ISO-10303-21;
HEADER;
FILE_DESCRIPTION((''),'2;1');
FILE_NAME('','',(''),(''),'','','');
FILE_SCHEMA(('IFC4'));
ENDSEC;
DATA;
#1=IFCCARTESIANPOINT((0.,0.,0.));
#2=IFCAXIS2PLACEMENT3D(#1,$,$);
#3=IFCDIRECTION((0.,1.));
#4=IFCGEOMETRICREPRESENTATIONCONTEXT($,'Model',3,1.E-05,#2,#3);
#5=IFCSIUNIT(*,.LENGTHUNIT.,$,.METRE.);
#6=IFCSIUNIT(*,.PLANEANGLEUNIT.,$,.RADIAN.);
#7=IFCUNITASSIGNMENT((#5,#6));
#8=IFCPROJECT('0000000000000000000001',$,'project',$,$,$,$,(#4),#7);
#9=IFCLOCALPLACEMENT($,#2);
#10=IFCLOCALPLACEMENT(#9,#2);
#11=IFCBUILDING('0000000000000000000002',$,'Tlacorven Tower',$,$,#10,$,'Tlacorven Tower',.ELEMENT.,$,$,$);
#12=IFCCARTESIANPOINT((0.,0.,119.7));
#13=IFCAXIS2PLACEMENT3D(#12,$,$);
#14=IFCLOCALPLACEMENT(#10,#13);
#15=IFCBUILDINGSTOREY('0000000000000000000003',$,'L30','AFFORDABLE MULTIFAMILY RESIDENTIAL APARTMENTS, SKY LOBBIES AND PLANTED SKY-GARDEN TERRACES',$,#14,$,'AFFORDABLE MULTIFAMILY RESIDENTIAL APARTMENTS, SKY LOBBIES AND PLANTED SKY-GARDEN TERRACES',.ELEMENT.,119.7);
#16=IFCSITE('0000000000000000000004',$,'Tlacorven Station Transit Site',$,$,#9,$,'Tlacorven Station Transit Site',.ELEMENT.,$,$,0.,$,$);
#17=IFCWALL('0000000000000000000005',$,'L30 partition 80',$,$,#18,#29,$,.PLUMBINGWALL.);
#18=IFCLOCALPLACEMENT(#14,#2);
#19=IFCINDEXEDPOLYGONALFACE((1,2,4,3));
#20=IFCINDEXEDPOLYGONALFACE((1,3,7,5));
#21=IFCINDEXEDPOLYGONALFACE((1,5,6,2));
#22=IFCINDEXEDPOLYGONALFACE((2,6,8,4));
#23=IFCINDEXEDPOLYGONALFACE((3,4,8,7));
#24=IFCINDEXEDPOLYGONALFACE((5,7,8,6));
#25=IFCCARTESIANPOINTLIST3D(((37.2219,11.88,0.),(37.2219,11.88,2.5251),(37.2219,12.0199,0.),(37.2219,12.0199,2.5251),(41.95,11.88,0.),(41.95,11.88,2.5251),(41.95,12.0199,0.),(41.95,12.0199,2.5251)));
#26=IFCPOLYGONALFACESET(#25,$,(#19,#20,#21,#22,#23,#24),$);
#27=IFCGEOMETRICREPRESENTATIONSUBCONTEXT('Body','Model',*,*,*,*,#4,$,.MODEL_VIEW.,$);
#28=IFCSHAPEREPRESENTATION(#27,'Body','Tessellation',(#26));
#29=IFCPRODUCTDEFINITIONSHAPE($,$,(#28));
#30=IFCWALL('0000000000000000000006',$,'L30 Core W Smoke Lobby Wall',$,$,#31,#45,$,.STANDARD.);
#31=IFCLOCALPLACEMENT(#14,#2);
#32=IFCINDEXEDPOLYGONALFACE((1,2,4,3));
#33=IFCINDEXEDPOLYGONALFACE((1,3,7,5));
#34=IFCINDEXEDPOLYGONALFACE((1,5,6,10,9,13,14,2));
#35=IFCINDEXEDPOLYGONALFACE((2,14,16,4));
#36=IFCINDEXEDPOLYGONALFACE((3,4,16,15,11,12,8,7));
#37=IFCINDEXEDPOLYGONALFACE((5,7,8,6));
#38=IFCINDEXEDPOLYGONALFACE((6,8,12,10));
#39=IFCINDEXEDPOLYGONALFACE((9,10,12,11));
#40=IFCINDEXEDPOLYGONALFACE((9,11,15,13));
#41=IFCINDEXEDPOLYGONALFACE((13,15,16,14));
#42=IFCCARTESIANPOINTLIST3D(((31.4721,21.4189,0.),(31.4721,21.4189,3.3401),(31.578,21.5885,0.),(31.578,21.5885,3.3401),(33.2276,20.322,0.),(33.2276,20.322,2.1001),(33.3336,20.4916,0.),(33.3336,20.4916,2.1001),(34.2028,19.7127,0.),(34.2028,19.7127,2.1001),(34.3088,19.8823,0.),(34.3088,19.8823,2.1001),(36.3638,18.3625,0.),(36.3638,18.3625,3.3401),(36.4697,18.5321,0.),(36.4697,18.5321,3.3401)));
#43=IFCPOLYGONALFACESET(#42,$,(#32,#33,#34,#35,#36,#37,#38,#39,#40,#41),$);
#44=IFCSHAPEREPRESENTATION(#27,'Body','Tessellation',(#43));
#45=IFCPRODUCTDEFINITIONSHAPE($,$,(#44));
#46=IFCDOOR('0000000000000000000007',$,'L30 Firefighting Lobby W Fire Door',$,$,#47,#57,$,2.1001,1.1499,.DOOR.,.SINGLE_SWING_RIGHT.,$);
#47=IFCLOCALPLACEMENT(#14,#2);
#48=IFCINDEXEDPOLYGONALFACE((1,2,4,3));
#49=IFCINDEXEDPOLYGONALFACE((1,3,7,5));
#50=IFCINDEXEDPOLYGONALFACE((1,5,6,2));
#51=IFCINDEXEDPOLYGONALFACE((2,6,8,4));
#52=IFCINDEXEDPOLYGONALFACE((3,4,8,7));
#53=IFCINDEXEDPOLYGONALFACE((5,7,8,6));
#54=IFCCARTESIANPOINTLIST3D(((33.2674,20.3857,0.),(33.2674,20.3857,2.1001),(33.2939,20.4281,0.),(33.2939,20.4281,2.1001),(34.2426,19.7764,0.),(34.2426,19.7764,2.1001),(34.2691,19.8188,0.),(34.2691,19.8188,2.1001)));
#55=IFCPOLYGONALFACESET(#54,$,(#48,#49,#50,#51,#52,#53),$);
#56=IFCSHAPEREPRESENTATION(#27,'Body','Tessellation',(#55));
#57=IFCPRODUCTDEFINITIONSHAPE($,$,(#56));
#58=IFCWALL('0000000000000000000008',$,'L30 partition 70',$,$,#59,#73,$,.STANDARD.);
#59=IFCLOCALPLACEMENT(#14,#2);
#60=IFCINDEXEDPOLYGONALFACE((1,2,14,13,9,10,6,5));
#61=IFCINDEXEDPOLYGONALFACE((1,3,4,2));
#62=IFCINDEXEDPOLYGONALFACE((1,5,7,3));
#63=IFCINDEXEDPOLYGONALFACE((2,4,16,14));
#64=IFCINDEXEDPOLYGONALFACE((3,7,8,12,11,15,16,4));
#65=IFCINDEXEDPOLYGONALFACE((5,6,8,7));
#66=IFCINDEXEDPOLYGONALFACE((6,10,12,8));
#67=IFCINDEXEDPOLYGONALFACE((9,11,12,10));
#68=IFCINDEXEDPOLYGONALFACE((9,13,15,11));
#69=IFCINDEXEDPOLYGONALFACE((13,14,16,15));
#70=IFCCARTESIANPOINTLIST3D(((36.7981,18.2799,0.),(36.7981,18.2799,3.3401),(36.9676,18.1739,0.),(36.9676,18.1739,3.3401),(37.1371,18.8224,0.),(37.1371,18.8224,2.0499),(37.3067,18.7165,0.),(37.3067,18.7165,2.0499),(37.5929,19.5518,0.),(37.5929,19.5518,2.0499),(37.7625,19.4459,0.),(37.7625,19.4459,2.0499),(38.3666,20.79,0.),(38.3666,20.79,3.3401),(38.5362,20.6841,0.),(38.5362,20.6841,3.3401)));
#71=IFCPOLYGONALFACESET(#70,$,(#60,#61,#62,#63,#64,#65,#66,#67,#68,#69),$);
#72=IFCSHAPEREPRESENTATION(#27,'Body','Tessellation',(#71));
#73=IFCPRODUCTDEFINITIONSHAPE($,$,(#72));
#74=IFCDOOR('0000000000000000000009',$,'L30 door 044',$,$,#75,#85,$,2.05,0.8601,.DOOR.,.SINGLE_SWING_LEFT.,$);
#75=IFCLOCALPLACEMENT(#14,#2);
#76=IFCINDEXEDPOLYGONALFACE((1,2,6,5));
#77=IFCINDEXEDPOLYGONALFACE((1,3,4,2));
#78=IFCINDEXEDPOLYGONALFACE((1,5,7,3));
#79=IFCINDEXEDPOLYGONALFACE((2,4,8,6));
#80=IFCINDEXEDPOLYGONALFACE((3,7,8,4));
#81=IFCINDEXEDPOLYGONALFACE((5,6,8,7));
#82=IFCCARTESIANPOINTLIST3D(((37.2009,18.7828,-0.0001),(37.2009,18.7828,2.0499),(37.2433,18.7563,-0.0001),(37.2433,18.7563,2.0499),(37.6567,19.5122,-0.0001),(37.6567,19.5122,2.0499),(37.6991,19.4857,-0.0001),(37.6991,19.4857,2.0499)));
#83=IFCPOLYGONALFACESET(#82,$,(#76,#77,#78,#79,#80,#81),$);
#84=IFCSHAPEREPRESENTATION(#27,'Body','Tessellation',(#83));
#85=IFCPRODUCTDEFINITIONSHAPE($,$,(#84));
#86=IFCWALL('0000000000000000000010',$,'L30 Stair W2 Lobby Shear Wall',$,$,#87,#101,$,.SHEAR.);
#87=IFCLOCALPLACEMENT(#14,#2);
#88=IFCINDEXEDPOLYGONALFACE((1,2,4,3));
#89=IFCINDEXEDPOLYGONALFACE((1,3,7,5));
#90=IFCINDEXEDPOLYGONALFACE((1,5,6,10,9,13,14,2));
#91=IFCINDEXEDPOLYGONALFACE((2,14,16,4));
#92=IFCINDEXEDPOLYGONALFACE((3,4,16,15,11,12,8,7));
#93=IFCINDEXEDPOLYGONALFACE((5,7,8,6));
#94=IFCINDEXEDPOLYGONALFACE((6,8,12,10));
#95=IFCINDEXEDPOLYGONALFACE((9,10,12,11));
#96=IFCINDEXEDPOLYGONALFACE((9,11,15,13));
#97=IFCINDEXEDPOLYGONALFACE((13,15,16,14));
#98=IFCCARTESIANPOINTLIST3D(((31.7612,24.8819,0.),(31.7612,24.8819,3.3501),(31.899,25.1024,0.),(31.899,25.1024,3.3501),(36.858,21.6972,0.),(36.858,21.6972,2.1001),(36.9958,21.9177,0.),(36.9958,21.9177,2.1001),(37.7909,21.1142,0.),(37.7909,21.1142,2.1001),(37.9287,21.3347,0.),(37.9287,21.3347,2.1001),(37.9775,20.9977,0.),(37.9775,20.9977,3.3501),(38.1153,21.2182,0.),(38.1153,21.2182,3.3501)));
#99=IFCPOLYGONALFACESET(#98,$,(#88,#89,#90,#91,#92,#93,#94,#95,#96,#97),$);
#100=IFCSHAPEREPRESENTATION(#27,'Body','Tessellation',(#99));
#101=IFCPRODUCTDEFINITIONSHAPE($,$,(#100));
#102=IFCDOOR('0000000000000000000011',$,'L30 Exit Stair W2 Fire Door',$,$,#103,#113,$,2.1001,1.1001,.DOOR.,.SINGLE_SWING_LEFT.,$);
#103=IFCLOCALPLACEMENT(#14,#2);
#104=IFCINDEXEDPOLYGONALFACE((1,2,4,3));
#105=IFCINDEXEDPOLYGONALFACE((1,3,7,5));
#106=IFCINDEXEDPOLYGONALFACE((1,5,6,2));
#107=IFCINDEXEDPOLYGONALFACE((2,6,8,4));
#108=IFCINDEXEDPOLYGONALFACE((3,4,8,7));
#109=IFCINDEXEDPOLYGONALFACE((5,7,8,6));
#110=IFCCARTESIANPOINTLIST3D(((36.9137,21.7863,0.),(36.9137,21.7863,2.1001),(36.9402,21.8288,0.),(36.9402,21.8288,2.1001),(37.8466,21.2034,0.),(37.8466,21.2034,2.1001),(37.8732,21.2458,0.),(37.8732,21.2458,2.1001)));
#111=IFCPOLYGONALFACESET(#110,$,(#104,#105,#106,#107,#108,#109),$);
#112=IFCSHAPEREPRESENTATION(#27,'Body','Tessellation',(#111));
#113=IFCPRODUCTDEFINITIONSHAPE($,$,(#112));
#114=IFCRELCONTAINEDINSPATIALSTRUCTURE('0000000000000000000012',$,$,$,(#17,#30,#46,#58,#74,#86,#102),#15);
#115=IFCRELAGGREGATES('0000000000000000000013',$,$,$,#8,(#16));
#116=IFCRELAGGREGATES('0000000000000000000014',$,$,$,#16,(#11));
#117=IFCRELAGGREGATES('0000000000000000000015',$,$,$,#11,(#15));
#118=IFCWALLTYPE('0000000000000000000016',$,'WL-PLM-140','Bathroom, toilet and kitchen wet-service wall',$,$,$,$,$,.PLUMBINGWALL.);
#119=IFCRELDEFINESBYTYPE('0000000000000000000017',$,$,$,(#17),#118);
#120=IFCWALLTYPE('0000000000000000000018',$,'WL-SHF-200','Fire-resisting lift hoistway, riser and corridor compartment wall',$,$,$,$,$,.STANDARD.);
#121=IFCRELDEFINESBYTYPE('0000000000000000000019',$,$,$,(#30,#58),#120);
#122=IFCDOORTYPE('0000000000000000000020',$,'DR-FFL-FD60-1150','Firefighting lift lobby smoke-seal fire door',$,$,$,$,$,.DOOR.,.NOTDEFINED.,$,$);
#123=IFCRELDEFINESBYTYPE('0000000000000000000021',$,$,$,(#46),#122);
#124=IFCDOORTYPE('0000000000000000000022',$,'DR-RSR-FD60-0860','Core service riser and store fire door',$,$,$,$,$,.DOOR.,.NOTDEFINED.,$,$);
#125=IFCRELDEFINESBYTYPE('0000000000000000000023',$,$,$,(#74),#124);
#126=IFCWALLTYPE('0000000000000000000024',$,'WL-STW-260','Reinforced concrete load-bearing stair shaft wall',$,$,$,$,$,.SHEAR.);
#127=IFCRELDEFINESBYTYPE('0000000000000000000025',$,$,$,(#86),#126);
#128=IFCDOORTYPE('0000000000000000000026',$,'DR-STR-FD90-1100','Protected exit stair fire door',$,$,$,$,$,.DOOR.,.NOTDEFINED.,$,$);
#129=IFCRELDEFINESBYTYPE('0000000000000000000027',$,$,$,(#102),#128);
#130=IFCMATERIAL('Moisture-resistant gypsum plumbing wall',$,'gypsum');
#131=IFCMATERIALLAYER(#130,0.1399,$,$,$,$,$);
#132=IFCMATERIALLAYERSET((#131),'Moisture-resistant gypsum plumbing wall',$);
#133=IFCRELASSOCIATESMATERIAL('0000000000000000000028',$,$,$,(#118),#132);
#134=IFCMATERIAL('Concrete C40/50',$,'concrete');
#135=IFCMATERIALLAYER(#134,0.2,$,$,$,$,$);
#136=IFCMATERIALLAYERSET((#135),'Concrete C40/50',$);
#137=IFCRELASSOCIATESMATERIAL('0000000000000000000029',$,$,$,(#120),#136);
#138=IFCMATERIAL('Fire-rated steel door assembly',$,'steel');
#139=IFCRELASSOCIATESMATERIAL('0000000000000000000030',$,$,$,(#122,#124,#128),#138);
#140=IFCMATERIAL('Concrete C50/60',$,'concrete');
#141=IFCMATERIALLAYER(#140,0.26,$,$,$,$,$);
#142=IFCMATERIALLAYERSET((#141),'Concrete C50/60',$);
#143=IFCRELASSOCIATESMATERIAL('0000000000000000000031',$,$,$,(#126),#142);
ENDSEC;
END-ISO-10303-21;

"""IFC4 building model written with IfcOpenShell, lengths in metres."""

from ifc_helpers import new_model, si_unit, direction, frame, frame_2d, origin, place, context, subcontext, project, spatial, rectangle, extrude, source, transform, mapped, material, layer, layer_set, type_object, element, fill, save


model = new_model("IFC4")

# Units and contexts
model_context = context("Model", 3, precision=1e-05, world=origin(), true_north=direction((0.0, 1.0)))
body_context = subcontext(model_context, "Body", "Model", "MODEL_VIEW")
ifc_project = project(units=[si_unit("LENGTHUNIT", "METRE"), si_unit("PLANEANGLEUNIT", "RADIAN")], contexts=[model_context])

# Site, building, storey
site_placement = place(None, origin())
site = spatial("IfcSite", under=ifc_project, at=site_placement, Name="Tlacorven Station Transit Site", LongName="Tlacorven Station Transit Site", CompositionType="ELEMENT", RefElevation=0.0)
building_placement = place(site_placement, origin())
building = spatial("IfcBuilding", under=site, at=building_placement, Name="Tlacorven Tower", LongName="Tlacorven Tower", CompositionType="ELEMENT")
storey_placement = place(building_placement, frame((0.0, 0.0, 119.7)))
storey = spatial("IfcBuildingStorey", under=building, at=storey_placement, Name="L30", Description="AFFORDABLE MULTIFAMILY RESIDENTIAL APARTMENTS, SKY LOBBIES AND PLANTED SKY-GARDEN TERRACES", LongName="AFFORDABLE MULTIFAMILY RESIDENTIAL APARTMENTS, SKY LOBBIES AND PLANTED SKY-GARDEN TERRACES", CompositionType="ELEMENT", Elevation=119.7)

# Shared definitions
ifc_material_1 = material(Name="Fire-rated steel door assembly", Category="steel")

# Wall
ifc_material_2 = material(Name="Moisture-resistant gypsum plumbing wall", Category="gypsum")
ifc_layer_1 = layer(ifc_material_2, 0.1399)
ifc_layer_set_1 = layer_set([ifc_layer_1], Name="Moisture-resistant gypsum plumbing wall")
wall_type_1 = type_object("IfcWallType", Name="WL-PLM-140", Description="Bathroom, toilet and kitchen wet-service wall", PredefinedType="PLUMBINGWALL", material=ifc_layer_set_1)
wall_1_placement = place(storey_placement, frame((37.2219, 11.95, 0.0), z_axis=(0.0, 0.0, 1.0), x_axis=(1.0, 0.0, 0.0)))
element("IfcWall", 1, at=wall_1_placement, inside=storey, type_object=wall_type_1, Name="L30 partition 80", PredefinedType="PLUMBINGWALL", context=body_context, shape_type="SweptSolid", body=[
    extrude(rectangle(XDim=4.728, YDim=0.1399, at=frame_2d((2.364, 0.0))), origin(), (0.0, 0.0, 1.0), 2.5251),
])

# Walls, openings, doors
ifc_material_3 = material(Name="Concrete C40/50", Category="concrete")
ifc_layer_2 = layer(ifc_material_3, 0.2)
ifc_layer_set_2 = layer_set([ifc_layer_2], Name="Concrete C40/50")
wall_type_2 = type_object("IfcWallType", Name="WL-SHF-200", Description="Fire-resisting lift hoistway, riser and corridor compartment wall", PredefinedType="STANDARD", material=ifc_layer_set_2)
wall_2_placement = place(storey_placement, frame((36.4167, 18.4473, 0.0), z_axis=(0.0, 0.0, 1.0), x_axis=(-0.848065, 0.529892, 0.0)))
wall_2 = element("IfcWall", 2, at=wall_2_placement, inside=storey, type_object=wall_type_2, Name="L30 Core W Smoke Lobby Wall", PredefinedType="STANDARD", context=body_context, shape_type="SweptSolid", body=[
    extrude(rectangle(XDim=5.7681, YDim=0.2, at=frame_2d((2.884, 0.0))), origin(), (0.0, 0.0, 1.0), 3.3401),
])
opening_1_placement = place(wall_2_placement, frame((2.5481, 0.0, 0.0)))
opening_1 = element("IfcOpeningElement", 3, at=opening_1_placement, cuts=wall_2, PredefinedType="OPENING", context=body_context, shape_type="SweptSolid", body=[
    extrude(rectangle(XDim=1.1499, YDim=2.1001, at=frame_2d((0.575, 1.05))), frame((0.0, 0.1099, 0.0), z_axis=(0.0, -1.0, 0.0), x_axis=(1.0, 0.0, 0.0)), (0.0, 0.0, 1.0), 0.22),
])
door_type_1 = type_object("IfcDoorType", Name="DR-FFL-FD60-1150", Description="Firefighting lift lobby smoke-seal fire door", OperationType="NOTDEFINED", PredefinedType="DOOR", material=ifc_material_1)
shared_shape_1 = source(origin(), body_context, "Body", "SweptSolid", [
    extrude(rectangle(XDim=1.1499, YDim=2.1001, at=frame_2d((0.575, 1.05))), frame((0.0, 0.0249, 0.0), z_axis=(0.0, -1.0, 0.0), x_axis=(1.0, 0.0, 0.0)), (0.0, 0.0, 1.0), 0.05),
])
door_1_placement = place(opening_1_placement, origin())
door_1 = element("IfcDoor", 4, at=door_1_placement, inside=storey, type_object=door_type_1, Name="L30 Firefighting Lobby W Fire Door", OperationType="SINGLE_SWING_RIGHT", OverallHeight=2.1001, OverallWidth=1.1499, PredefinedType="DOOR", context=body_context, shape_type="MappedRepresentation", body=[
    mapped(shared_shape_1, transform((0.0, 0.0, 0.0), scale=1.0)),
])
fill(opening_1, door_1)
wall_3_placement = place(storey_placement, frame((38.4514, 20.7371, 0.0), z_axis=(0.0, 0.0, 1.0), x_axis=(-0.529925, -0.848045, 0.0)))
wall_3 = element("IfcWall", 5, at=wall_3_placement, inside=storey, type_object=wall_type_2, Name="L30 partition 70", PredefinedType="STANDARD", context=body_context, shape_type="SweptSolid", body=[
    extrude(rectangle(XDim=2.96, YDim=0.2, at=frame_2d((1.48, 0.0))), origin(), (0.0, 0.0, 1.0), 3.3401),
])
opening_2_placement = place(wall_3_placement, frame((1.46, 0.0, 0.0)))
opening_2 = element("IfcOpeningElement", 6, at=opening_2_placement, cuts=wall_3, PredefinedType="OPENING", context=body_context, shape_type="SweptSolid", body=[
    extrude(rectangle(XDim=0.8601, YDim=2.05, at=frame_2d((0.4302, 1.0249))), frame((0.0, 0.1099, 0.0), z_axis=(0.0, -1.0, 0.0), x_axis=(1.0, 0.0, 0.0)), (0.0, 0.0, 1.0), 0.22),
])
door_type_2 = type_object("IfcDoorType", Name="DR-RSR-FD60-0860", Description="Core service riser and store fire door", OperationType="NOTDEFINED", PredefinedType="DOOR", material=ifc_material_1)
shared_shape_2 = source(origin(), body_context, "Body", "SweptSolid", [
    extrude(rectangle(XDim=0.8601, YDim=2.05, at=frame_2d((0.4302, 1.0249))), frame((0.0, 0.0249, 0.0), z_axis=(0.0, -1.0, 0.0), x_axis=(1.0, 0.0, 0.0)), (0.0, 0.0, 1.0), 0.05),
])
door_2_placement = place(opening_2_placement, frame((0.8601, 0.0, 0.0), z_axis=(0.0, 0.0, 1.0), x_axis=(-1.0, 0.0, 0.0)))
door_2 = element("IfcDoor", 7, at=door_2_placement, inside=storey, type_object=door_type_2, Name="L30 door 044", OperationType="SINGLE_SWING_LEFT", OverallHeight=2.05, OverallWidth=0.8601, PredefinedType="DOOR", context=body_context, shape_type="MappedRepresentation", body=[
    mapped(shared_shape_2, transform((0.0, 0.0, 0.0), scale=1.0)),
])
fill(opening_2, door_2)
ifc_material_4 = material(Name="Concrete C50/60", Category="concrete")
ifc_layer_3 = layer(ifc_material_4, 0.26)
ifc_layer_set_3 = layer_set([ifc_layer_3], Name="Concrete C50/60")
wall_type_3 = type_object("IfcWallType", Name="WL-STW-260", Description="Reinforced concrete load-bearing stair shaft wall", PredefinedType="SHEAR", material=ifc_layer_set_3)
wall_4_placement = place(storey_placement, frame((38.0464, 21.1079, 0.0), z_axis=(0.0, 0.0, 1.0), x_axis=(-0.848054, 0.529909, 0.0)))
wall_4 = element("IfcWall", 8, at=wall_4_placement, inside=storey, type_object=wall_type_3, Name="L30 Stair W2 Lobby Shear Wall", PredefinedType="SHEAR", context=body_context, shape_type="SweptSolid", body=[
    extrude(rectangle(XDim=7.3301, YDim=0.26, at=frame_2d((3.665, 0.0))), origin(), (0.0, 0.0, 1.0), 3.3501),
])
opening_3_placement = place(wall_4_placement, frame((0.22, 0.0, 0.0)))
opening_3 = element("IfcOpeningElement", 9, at=opening_3_placement, cuts=wall_4, PredefinedType="OPENING", context=body_context, shape_type="SweptSolid", body=[
    extrude(rectangle(XDim=1.1001, YDim=2.1001, at=frame_2d((0.55, 1.05))), frame((0.0, 0.1401, 0.0), z_axis=(0.0, -1.0, 0.0), x_axis=(1.0, 0.0, 0.0)), (0.0, 0.0, 1.0), 0.28),
])
door_type_3 = type_object("IfcDoorType", Name="DR-STR-FD90-1100", Description="Protected exit stair fire door", OperationType="NOTDEFINED", PredefinedType="DOOR", material=ifc_material_1)
shared_shape_3 = source(origin(), body_context, "Body", "SweptSolid", [
    extrude(rectangle(XDim=1.1001, YDim=2.1001, at=frame_2d((0.55, 1.05))), frame((0.0, 0.0249, 0.0), z_axis=(0.0, -1.0, 0.0), x_axis=(1.0, 0.0, 0.0)), (0.0, 0.0, 1.0), 0.05),
])
door_3_placement = place(opening_3_placement, origin())
door_3 = element("IfcDoor", 10, at=door_3_placement, inside=storey, type_object=door_type_3, Name="L30 Exit Stair W2 Fire Door", OperationType="SINGLE_SWING_LEFT", OverallHeight=2.1001, OverallWidth=1.1001, PredefinedType="DOOR", context=body_context, shape_type="MappedRepresentation", body=[
    mapped(shared_shape_3, transform((0.0, 0.0, 0.0), scale=1.0)),
])
fill(opening_3, door_3)

save(model, "model.ifc")
